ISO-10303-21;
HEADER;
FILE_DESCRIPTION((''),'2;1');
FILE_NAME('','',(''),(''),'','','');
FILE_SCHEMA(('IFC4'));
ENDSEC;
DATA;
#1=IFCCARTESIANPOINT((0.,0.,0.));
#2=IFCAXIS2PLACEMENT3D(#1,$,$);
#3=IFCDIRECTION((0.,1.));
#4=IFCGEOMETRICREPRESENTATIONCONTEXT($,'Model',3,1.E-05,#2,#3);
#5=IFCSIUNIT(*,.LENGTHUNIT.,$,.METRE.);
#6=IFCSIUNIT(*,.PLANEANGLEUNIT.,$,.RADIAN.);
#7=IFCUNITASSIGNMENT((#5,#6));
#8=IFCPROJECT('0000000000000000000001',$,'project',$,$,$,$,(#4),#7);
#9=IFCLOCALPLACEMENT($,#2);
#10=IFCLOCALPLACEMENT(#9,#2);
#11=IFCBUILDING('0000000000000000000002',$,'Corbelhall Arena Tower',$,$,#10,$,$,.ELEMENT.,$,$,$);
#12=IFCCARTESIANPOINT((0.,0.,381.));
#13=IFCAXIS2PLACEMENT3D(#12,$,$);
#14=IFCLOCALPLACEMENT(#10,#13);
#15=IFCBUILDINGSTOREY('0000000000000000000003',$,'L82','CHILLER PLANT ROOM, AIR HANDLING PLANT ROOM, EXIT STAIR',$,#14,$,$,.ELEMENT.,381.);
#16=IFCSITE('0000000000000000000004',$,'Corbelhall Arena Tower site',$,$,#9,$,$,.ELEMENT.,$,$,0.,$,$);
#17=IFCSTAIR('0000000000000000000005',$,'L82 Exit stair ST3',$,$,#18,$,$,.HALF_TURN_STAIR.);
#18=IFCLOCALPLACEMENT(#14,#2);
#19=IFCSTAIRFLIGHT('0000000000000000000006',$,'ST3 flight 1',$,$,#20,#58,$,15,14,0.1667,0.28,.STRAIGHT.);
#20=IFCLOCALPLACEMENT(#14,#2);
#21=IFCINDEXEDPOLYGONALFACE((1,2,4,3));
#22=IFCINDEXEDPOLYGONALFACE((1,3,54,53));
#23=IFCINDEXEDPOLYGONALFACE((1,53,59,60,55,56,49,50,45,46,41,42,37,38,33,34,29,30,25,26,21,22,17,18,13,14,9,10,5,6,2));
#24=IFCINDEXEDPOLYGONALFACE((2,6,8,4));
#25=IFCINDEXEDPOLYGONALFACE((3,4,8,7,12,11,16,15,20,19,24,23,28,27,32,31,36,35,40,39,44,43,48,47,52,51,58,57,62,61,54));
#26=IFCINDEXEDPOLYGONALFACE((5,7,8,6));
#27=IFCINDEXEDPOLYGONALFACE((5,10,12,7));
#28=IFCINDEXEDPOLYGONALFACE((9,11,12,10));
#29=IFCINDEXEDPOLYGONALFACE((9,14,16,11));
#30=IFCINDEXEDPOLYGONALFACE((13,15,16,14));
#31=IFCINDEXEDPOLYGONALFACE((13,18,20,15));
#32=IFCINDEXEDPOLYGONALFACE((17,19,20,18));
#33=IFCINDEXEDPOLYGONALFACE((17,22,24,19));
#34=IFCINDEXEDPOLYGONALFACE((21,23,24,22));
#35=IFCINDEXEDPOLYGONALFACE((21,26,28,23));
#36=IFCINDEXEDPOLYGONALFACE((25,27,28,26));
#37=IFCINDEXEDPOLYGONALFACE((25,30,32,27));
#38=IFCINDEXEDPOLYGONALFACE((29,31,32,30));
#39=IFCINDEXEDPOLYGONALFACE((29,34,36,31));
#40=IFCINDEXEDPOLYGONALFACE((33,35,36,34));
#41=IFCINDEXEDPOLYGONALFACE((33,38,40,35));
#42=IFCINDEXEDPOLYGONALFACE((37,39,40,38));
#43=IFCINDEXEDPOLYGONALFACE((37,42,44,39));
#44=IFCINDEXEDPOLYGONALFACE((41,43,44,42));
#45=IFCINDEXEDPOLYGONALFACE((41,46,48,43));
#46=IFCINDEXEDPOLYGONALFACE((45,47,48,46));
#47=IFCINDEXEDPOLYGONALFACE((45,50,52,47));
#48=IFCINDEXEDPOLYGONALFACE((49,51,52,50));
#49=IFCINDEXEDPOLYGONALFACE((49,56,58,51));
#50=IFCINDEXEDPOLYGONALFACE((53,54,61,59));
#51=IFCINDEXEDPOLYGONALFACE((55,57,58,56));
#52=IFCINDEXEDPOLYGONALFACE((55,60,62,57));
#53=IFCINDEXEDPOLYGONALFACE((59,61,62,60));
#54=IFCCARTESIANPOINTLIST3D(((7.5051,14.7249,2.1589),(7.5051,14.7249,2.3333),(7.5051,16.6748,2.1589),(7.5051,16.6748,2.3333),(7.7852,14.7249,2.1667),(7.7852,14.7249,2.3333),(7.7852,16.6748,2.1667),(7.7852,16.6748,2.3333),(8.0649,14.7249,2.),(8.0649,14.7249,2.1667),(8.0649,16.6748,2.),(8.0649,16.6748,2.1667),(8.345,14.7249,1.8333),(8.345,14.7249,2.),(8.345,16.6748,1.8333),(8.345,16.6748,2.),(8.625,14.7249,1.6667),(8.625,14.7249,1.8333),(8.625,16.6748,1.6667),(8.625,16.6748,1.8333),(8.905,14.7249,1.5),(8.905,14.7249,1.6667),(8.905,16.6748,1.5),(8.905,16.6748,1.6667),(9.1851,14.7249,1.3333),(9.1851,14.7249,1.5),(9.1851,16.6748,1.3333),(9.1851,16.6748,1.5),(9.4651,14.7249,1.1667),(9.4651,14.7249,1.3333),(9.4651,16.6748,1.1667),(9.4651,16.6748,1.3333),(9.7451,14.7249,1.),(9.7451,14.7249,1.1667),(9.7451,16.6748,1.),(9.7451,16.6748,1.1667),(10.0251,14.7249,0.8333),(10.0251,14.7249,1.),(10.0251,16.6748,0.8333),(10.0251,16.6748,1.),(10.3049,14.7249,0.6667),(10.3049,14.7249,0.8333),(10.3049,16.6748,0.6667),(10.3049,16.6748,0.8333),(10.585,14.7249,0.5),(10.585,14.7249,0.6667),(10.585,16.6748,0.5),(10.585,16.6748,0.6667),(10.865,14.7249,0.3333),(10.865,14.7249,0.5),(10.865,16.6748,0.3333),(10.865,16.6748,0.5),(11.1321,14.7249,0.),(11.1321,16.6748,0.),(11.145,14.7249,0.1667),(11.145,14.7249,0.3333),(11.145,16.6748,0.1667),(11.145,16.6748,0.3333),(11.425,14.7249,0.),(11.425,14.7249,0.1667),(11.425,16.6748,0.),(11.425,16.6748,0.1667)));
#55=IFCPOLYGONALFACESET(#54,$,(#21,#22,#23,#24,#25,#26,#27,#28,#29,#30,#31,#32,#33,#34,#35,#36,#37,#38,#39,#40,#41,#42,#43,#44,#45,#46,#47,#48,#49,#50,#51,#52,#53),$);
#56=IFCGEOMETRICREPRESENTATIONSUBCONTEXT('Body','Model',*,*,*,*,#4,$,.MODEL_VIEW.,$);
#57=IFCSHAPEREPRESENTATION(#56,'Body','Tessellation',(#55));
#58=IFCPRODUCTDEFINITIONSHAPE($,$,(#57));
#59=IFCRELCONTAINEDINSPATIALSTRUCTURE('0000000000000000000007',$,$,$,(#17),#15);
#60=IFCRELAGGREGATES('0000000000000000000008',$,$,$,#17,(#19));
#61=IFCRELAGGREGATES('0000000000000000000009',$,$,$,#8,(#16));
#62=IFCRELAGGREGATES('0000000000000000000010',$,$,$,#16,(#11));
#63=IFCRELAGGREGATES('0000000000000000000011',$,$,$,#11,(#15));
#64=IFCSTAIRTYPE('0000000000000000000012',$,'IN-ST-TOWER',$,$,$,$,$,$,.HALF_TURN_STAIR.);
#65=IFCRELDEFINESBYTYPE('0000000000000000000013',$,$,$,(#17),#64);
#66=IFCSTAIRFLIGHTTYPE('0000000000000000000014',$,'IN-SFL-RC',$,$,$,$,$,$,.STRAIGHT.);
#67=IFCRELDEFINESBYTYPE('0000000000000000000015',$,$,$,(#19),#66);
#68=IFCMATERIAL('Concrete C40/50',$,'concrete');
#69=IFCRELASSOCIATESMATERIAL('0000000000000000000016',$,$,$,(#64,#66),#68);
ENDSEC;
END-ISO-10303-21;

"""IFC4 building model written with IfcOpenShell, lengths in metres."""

from ifc_helpers import new_model, si_unit, direction, frame, origin, place, context, subcontext, project, spatial, polyline, outline, extrude, material, type_object, element, aggregate, save


model = new_model("IFC4")

# Units and contexts
model_context = context("Model", 3, precision=1e-05, world=origin(), true_north=direction((0.0, 1.0)))
body_context = subcontext(model_context, "Body", "Model", "MODEL_VIEW")
ifc_project = project(units=[si_unit("LENGTHUNIT", "METRE"), si_unit("PLANEANGLEUNIT", "RADIAN")], contexts=[model_context])

# Site, building, storey
site_placement = place(None, origin())
site = spatial("IfcSite", under=ifc_project, at=site_placement, Name="Corbelhall Arena Tower site", CompositionType="ELEMENT", RefElevation=0.0)
building_placement = place(site_placement, origin())
building = spatial("IfcBuilding", under=site, at=building_placement, Name="Corbelhall Arena Tower", CompositionType="ELEMENT")
storey_placement = place(building_placement, frame((0.0, 0.0, 381.0)))
storey = spatial("IfcBuildingStorey", under=building, at=storey_placement, Name="L82", Description="CHILLER PLANT ROOM, AIR HANDLING PLANT ROOM, EXIT STAIR", CompositionType="ELEMENT", Elevation=381.0)

# Stair, stair flight
ifc_material_1 = material(Name="Concrete C40/50", Category="concrete")
stair_type = type_object("IfcStairType", Name="IN-ST-TOWER", PredefinedType="HALF_TURN_STAIR", material=ifc_material_1)
stair_placement = place(storey_placement, origin())
stair = element("IfcStair", 1, at=stair_placement, inside=storey, type_object=stair_type, Name="L82 Exit stair ST3", PredefinedType="HALF_TURN_STAIR")
stair_flight_type = type_object("IfcStairFlightType", Name="IN-SFL-RC", PredefinedType="STRAIGHT", material=ifc_material_1)
stair_flight_placement = place(storey_placement, frame((11.425, 15.7, 0.0), z_axis=(0.0, 0.0, 1.0), x_axis=(-1.0, 0.0, 0.0)))
stair_flight = element("IfcStairFlight", 2, at=stair_flight_placement, type_object=stair_flight_type, Name="ST3 flight 1", NumberOfRisers=15, NumberOfTreads=14, PredefinedType="STRAIGHT", RiserHeight=0.1667, TreadLength=0.28, context=body_context, shape_type="SweptSolid", body=[
    extrude(outline(polyline([(0.0, 0.0), (0.0, 0.1667), (0.28, 0.1667), (0.28, 0.3333), (0.5601, 0.3333), (0.5601, 0.5), (0.8401, 0.5), (0.8401, 0.6667), (1.1201, 0.6667), (1.1201, 0.8333), (1.3999, 0.8333), (1.3999, 1.0), (1.6799, 1.0), (1.6799, 1.1667), (1.96, 1.1667), (1.96, 1.3333), (2.24, 1.3333), (2.24, 1.5), (2.52, 1.5), (2.52, 1.6667), (2.8, 1.6667), (2.8, 1.8333), (3.0801, 1.8333), (3.0801, 2.0), (3.3601, 2.0), (3.3601, 2.1667), (3.6399, 2.1667), (3.6399, 2.3333), (3.9199, 2.3333), (3.9199, 2.5), (3.9199, 2.1589), (0.293, 0.0), (0.0, 0.0)])), frame((0.0, 0.9751, 0.0), z_axis=(0.0, -1.0, 0.0), x_axis=(1.0, 0.0, 0.0)), (0.0, 0.0, 1.0), 1.95),
])
aggregate(stair, [stair_flight])

save(model, "model.ifc")
